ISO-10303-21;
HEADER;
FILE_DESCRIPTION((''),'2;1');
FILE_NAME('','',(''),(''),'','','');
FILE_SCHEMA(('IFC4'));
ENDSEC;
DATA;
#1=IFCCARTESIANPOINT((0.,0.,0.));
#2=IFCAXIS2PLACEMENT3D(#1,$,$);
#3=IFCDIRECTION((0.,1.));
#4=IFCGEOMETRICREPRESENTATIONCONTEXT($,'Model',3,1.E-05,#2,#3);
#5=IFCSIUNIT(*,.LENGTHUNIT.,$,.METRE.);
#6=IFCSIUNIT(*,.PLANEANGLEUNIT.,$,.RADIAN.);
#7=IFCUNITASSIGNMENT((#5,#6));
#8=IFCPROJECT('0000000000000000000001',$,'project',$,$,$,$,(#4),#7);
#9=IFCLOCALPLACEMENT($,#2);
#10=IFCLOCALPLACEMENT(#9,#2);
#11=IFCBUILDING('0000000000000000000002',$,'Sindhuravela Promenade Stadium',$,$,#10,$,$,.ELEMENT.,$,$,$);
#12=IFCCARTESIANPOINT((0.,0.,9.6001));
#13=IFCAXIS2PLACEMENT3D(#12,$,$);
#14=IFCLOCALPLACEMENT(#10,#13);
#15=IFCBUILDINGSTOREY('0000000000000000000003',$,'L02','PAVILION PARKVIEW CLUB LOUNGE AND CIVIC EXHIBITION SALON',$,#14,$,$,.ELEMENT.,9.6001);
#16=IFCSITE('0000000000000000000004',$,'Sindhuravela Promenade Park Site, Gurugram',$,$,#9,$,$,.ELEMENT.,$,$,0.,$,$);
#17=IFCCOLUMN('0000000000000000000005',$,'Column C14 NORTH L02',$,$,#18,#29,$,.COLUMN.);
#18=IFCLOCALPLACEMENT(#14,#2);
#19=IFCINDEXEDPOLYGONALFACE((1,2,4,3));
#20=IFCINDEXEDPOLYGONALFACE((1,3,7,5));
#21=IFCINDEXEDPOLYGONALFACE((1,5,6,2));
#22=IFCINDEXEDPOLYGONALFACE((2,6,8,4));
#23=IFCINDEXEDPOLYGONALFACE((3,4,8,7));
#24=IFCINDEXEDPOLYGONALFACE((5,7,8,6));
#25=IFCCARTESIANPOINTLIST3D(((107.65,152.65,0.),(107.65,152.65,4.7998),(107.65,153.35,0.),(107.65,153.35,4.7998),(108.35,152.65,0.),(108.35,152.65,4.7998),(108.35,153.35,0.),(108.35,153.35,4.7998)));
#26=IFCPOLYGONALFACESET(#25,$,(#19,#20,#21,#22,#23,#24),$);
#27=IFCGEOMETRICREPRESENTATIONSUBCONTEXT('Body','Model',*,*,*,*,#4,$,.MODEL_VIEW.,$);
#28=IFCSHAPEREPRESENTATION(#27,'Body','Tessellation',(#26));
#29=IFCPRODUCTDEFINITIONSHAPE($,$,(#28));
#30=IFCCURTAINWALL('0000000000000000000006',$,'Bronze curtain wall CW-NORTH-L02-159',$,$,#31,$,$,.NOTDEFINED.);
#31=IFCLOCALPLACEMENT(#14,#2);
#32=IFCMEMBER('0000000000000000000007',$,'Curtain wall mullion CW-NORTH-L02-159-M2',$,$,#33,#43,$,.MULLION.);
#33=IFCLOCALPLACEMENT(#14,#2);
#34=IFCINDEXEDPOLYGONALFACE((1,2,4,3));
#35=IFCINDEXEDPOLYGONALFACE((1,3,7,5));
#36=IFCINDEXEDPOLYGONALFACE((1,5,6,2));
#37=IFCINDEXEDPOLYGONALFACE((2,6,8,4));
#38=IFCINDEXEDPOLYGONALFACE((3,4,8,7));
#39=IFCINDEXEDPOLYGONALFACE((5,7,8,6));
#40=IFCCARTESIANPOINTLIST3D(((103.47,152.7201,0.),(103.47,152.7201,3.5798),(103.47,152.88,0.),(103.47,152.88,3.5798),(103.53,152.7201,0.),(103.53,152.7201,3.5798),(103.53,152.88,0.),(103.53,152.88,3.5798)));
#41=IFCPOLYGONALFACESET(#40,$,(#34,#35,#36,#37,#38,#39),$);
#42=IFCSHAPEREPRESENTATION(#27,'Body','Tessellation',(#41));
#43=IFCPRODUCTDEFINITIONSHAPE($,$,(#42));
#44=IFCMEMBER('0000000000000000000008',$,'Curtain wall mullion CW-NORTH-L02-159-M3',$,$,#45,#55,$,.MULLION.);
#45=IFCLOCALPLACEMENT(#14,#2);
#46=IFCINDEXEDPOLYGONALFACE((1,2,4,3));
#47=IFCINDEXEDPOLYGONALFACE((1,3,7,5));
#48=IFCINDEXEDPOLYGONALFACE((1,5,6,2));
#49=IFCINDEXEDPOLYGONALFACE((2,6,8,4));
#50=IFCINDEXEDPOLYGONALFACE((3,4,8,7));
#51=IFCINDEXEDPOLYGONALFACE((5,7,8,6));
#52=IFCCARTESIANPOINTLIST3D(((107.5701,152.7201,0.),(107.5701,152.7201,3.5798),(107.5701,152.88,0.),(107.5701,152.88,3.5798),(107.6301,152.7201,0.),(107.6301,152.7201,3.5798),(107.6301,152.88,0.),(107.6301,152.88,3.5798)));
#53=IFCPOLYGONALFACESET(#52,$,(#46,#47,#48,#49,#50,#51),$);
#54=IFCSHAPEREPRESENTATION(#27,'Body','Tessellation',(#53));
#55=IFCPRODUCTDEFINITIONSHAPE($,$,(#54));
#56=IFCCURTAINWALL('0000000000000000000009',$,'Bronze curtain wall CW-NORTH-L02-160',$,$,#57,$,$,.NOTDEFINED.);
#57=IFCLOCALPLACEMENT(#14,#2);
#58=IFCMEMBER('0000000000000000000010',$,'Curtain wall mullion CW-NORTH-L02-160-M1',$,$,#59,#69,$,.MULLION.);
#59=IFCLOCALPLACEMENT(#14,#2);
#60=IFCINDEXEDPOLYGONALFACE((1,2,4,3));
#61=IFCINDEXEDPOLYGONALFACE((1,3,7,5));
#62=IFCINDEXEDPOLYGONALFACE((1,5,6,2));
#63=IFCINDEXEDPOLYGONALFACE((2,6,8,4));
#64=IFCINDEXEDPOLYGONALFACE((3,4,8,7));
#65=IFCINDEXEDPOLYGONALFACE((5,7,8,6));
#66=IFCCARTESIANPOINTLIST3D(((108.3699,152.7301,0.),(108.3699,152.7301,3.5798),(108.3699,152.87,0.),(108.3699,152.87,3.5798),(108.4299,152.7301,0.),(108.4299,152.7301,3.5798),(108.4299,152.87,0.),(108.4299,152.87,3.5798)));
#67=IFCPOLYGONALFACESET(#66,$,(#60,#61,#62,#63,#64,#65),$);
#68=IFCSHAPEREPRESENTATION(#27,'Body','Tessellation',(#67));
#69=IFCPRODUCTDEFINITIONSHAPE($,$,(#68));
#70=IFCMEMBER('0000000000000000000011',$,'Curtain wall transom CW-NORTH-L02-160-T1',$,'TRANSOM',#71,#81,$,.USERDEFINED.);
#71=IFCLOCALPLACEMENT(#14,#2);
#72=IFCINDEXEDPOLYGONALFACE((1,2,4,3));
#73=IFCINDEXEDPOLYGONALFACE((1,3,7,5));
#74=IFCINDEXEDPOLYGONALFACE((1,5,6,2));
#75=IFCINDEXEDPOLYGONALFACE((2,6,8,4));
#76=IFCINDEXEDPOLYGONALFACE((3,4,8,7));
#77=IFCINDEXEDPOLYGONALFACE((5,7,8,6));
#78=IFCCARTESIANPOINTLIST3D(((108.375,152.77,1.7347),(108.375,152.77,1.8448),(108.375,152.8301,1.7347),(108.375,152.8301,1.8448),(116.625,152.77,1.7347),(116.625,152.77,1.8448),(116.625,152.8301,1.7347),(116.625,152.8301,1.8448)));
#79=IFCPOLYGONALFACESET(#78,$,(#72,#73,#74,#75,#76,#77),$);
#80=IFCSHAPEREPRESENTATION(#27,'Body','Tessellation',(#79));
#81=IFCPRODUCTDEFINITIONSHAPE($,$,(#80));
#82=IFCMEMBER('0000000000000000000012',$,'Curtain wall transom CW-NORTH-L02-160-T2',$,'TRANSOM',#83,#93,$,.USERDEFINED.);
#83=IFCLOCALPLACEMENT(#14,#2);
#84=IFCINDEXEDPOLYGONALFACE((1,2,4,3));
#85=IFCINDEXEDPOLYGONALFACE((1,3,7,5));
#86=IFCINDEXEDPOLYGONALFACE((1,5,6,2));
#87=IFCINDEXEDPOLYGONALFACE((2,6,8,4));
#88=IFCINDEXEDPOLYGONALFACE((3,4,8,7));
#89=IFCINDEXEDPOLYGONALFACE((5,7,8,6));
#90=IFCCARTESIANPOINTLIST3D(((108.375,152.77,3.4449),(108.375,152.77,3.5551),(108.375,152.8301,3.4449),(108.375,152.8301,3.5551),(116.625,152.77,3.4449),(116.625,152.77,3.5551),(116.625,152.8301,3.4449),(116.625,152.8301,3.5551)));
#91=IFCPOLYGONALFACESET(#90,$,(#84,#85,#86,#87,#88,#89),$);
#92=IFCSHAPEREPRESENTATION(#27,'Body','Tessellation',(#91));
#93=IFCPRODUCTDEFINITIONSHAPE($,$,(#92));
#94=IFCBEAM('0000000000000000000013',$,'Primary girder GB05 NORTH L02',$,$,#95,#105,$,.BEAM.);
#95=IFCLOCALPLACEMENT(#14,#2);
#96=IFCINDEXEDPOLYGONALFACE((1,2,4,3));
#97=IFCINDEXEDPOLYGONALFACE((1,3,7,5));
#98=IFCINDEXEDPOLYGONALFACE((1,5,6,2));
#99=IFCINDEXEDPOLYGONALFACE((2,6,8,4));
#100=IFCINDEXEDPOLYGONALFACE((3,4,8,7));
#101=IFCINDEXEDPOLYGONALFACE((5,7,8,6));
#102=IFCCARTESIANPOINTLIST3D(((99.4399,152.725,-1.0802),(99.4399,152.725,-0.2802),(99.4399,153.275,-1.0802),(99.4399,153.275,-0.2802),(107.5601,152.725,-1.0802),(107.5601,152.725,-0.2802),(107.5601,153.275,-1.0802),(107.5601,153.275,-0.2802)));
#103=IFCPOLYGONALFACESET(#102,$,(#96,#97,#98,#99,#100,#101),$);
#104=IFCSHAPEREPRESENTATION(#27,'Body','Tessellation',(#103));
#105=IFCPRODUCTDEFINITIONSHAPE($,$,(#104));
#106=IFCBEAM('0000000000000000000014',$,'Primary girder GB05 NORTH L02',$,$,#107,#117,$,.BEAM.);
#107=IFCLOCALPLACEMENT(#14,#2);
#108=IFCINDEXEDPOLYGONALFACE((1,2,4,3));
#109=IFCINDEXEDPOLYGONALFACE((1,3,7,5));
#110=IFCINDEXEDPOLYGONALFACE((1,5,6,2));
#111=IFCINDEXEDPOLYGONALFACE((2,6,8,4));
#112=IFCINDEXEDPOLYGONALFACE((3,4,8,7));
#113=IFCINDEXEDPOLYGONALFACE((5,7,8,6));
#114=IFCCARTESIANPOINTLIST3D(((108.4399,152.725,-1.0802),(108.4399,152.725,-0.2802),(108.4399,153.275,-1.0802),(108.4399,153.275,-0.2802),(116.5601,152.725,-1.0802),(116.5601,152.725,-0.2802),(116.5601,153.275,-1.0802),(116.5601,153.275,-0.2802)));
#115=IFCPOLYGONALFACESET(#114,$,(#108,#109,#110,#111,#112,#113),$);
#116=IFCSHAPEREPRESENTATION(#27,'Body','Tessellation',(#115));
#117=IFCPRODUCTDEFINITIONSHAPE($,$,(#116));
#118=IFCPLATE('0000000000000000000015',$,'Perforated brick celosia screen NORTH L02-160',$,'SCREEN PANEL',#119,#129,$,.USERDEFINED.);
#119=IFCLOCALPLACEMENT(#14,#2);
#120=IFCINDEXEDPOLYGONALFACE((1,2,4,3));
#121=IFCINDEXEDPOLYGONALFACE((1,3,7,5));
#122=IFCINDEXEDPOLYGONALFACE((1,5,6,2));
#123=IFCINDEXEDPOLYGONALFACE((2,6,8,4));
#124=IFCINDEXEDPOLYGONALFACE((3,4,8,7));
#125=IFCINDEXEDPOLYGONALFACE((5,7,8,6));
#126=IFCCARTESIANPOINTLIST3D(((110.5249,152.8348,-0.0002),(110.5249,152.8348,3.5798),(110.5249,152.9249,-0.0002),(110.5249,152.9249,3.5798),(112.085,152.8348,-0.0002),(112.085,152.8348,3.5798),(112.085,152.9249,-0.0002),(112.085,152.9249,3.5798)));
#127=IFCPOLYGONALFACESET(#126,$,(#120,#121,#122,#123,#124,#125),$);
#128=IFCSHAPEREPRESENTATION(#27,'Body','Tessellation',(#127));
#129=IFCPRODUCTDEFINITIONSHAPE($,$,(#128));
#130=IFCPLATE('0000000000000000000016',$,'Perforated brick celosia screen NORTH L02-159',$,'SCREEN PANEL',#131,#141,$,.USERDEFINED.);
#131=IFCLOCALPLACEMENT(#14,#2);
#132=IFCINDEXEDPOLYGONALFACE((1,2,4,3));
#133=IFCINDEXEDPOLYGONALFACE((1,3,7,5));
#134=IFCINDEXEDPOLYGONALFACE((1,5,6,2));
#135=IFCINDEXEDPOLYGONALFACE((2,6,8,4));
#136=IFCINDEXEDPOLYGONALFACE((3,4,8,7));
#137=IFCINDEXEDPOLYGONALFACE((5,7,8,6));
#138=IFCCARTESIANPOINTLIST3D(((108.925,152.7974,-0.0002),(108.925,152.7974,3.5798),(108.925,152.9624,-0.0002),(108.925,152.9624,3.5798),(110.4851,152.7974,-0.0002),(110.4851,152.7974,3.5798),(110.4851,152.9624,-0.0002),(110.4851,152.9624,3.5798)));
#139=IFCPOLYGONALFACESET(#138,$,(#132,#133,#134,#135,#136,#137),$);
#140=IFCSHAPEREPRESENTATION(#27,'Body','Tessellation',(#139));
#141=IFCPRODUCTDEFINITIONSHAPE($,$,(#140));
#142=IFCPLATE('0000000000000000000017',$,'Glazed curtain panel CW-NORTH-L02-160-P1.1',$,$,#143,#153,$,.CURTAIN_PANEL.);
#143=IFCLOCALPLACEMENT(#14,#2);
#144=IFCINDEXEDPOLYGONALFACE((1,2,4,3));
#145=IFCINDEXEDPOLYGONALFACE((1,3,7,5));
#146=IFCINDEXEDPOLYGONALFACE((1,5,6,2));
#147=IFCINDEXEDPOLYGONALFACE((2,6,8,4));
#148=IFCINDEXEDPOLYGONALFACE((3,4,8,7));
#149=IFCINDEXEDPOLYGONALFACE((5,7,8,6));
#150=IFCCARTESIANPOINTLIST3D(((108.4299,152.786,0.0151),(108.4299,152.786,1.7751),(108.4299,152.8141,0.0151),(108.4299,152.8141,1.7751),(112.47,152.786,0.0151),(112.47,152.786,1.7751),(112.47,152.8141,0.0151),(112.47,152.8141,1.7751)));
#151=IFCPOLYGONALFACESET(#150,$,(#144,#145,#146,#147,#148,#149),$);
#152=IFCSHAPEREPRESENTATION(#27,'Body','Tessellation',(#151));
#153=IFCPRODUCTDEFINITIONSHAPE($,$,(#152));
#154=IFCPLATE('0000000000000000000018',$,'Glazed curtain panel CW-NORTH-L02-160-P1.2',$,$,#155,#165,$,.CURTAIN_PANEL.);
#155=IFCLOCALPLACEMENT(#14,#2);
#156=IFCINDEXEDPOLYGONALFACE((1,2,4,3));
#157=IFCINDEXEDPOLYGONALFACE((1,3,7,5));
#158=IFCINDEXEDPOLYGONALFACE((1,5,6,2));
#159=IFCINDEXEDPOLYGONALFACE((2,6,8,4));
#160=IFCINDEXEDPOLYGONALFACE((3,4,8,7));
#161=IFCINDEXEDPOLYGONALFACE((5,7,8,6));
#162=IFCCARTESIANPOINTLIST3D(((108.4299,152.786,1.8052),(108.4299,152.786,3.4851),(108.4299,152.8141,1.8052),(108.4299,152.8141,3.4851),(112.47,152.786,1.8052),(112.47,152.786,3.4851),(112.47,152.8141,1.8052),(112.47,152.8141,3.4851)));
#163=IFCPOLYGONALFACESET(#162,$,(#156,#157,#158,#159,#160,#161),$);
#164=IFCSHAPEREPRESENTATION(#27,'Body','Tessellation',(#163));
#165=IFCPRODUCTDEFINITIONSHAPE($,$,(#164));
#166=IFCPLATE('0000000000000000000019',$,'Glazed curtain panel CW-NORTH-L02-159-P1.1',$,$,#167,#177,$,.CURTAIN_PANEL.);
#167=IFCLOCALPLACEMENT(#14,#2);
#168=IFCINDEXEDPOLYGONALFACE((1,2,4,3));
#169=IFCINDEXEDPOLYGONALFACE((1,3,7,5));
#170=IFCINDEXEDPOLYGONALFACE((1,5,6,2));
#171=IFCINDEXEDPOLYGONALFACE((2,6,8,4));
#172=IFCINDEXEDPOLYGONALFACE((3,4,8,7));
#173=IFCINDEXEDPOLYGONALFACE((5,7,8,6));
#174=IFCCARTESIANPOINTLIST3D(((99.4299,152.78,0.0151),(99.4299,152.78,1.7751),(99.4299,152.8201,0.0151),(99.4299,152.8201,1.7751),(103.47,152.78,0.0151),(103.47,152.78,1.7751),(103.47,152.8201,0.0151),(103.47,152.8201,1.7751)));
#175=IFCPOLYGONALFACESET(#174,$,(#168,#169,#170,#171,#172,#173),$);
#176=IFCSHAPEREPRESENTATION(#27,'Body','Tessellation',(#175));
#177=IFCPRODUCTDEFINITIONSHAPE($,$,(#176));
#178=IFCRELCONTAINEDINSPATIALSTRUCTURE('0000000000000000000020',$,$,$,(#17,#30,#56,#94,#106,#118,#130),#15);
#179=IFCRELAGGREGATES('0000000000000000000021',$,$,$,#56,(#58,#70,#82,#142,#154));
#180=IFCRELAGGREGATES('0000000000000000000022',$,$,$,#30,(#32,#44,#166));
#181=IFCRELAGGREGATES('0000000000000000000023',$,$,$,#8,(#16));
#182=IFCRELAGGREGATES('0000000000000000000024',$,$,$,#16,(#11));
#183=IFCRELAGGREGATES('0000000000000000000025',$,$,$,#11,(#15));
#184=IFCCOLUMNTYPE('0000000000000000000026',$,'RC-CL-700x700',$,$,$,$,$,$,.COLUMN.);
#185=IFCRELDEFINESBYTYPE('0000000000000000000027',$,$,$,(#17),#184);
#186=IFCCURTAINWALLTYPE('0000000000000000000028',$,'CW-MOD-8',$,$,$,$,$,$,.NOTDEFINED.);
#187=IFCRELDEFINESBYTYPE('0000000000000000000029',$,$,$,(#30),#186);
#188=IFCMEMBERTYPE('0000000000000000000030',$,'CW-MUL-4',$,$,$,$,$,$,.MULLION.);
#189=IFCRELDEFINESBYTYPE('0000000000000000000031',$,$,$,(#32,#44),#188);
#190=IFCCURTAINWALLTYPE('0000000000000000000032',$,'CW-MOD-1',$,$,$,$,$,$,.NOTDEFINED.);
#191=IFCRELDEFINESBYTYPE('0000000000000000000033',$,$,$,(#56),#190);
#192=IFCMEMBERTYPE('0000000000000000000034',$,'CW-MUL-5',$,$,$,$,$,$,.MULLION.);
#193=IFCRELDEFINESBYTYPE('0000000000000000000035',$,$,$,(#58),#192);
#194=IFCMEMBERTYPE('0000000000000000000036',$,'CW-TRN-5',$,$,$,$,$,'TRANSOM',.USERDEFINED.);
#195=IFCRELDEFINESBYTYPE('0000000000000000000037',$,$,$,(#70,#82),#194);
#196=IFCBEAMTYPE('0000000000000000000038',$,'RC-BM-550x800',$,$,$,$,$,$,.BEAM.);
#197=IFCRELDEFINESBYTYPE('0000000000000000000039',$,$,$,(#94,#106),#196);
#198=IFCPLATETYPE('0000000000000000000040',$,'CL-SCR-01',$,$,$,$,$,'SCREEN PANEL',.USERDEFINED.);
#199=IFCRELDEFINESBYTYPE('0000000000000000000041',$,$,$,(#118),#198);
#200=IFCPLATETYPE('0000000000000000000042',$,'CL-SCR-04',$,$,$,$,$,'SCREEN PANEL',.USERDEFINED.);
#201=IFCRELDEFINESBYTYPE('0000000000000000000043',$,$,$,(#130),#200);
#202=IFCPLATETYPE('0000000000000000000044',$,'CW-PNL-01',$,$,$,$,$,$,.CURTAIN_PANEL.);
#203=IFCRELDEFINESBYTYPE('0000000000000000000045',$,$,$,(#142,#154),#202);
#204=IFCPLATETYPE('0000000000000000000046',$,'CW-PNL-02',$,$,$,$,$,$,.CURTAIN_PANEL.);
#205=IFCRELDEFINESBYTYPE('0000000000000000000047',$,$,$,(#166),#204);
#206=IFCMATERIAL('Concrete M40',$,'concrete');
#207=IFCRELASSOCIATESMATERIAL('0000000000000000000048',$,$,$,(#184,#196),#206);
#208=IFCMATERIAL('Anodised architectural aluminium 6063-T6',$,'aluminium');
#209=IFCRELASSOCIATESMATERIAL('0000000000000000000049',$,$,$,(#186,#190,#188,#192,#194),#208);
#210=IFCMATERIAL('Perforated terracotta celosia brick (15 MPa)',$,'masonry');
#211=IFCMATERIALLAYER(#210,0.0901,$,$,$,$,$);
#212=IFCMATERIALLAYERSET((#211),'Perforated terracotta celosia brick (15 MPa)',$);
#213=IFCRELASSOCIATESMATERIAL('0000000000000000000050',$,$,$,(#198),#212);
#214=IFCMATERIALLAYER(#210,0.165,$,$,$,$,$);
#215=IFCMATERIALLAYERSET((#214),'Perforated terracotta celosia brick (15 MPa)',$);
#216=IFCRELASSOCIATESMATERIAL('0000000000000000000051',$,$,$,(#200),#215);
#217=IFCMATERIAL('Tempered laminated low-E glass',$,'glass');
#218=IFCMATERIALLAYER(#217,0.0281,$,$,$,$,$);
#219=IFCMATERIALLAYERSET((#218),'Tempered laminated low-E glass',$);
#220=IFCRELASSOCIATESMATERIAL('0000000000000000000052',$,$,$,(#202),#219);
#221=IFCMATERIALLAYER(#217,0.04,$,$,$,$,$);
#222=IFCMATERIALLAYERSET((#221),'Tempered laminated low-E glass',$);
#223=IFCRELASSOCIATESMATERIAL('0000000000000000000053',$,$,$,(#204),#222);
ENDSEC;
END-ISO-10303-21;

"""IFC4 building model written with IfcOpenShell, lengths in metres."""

from ifc_helpers import new_model, si_unit, direction, frame, origin, origin_2d, place, context, subcontext, project, spatial, rectangle, extrude, material, layer, layer_set, material_profile, profile_set, type_object, element, aggregate, save


model = new_model("IFC4")

# Units and contexts
model_context = context("Model", 3, precision=1e-05, world=origin(), true_north=direction((0.0, 1.0)))
body_context = subcontext(model_context, "Body", "Model", "MODEL_VIEW")
ifc_project = project(units=[si_unit("LENGTHUNIT", "METRE"), si_unit("PLANEANGLEUNIT", "RADIAN")], contexts=[model_context])

# Site, building, storey
site_placement = place(None, origin())
site = spatial("IfcSite", under=ifc_project, at=site_placement, Name="Sindhuravela Promenade Park Site, Gurugram", CompositionType="ELEMENT", RefElevation=0.0)
building_placement = place(site_placement, origin())
building = spatial("IfcBuilding", under=site, at=building_placement, Name="Sindhuravela Promenade Stadium", CompositionType="ELEMENT")
storey_placement = place(building_placement, frame((0.0, 0.0, 9.6001)))
storey = spatial("IfcBuildingStorey", under=building, at=storey_placement, Name="L02", Description="PAVILION PARKVIEW CLUB LOUNGE AND CIVIC EXHIBITION SALON", CompositionType="ELEMENT", Elevation=9.6001)

# Column
ifc_material_1 = material(Name="Concrete M40", Category="concrete")
ifc_material_profile_1 = material_profile(ifc_material_1, rectangle(XDim=0.7, YDim=0.7, at=origin_2d()), Name="RC 700x700")
ifc_profile_set_1 = profile_set([ifc_material_profile_1], Name="Concrete M40")
column_type = type_object("IfcColumnType", Name="RC-CL-700x700", PredefinedType="COLUMN", material=ifc_profile_set_1)
column_placement = place(storey_placement, frame((108.0, 153.0, 0.0), z_axis=(0.0, 0.0, 1.0), x_axis=(1.0, 0.0, 0.0)))
element("IfcColumn", 1, at=column_placement, inside=storey, type_object=column_type, Name="Column C14 NORTH L02", PredefinedType="COLUMN", context=body_context, shape_type="SweptSolid", body=[
    extrude(rectangle(XDim=0.7, YDim=0.7, at=origin_2d()), origin(), (0.0, 0.0, 1.0), 4.7998),
])

# Curtain walls, members
ifc_material_2 = material(Name="Anodised architectural aluminium 6063-T6", Category="aluminium")
curtain_wall_type_1 = type_object("IfcCurtainWallType", Name="CW-MOD-8", PredefinedType="NOTDEFINED", material=ifc_material_2)
curtain_wall_1_placement = place(storey_placement, origin())
curtain_wall_1 = element("IfcCurtainWall", 2, at=curtain_wall_1_placement, inside=storey, type_object=curtain_wall_type_1, Name="Bronze curtain wall CW-NORTH-L02-159", PredefinedType="NOTDEFINED")
ifc_material_profile_2 = material_profile(ifc_material_2, rectangle(XDim=0.0601, YDim=0.1599, at=origin_2d()), Name="ALU M60x160")
ifc_profile_set_2 = profile_set([ifc_material_profile_2], Name="Anodised architectural aluminium 6063-T6")
member_type_1 = type_object("IfcMemberType", Name="CW-MUL-4", PredefinedType="MULLION", material=ifc_profile_set_2)
member_1_placement = place(storey_placement, frame((103.5, 152.8, 0.0), z_axis=(0.0, 0.0, 1.0), x_axis=(1.0, 0.0, 0.0)))
member_1 = element("IfcMember", 3, at=member_1_placement, type_object=member_type_1, Name="Curtain wall mullion CW-NORTH-L02-159-M2", PredefinedType="MULLION", context=body_context, shape_type="SweptSolid", body=[
    extrude(rectangle(XDim=0.0601, YDim=0.1599, at=origin_2d()), origin(), (0.0, 0.0, 1.0), 3.5798),
])
member_2_placement = place(storey_placement, frame((107.6001, 152.8, 0.0), z_axis=(0.0, 0.0, 1.0), x_axis=(1.0, 0.0, 0.0)))
member_2 = element("IfcMember", 4, at=member_2_placement, type_object=member_type_1, Name="Curtain wall mullion CW-NORTH-L02-159-M3", PredefinedType="MULLION", context=body_context, shape_type="SweptSolid", body=[
    extrude(rectangle(XDim=0.0601, YDim=0.1599, at=origin_2d()), origin(), (0.0, 0.0, 1.0), 3.5798),
])
curtain_wall_type_2 = type_object("IfcCurtainWallType", Name="CW-MOD-1", PredefinedType="NOTDEFINED", material=ifc_material_2)
curtain_wall_2_placement = place(storey_placement, origin())
curtain_wall_2 = element("IfcCurtainWall", 5, at=curtain_wall_2_placement, inside=storey, type_object=curtain_wall_type_2, Name="Bronze curtain wall CW-NORTH-L02-160", PredefinedType="NOTDEFINED")
ifc_material_profile_3 = material_profile(ifc_material_2, rectangle(XDim=0.0601, YDim=0.1399, at=origin_2d()), Name="ALU M60x140")
ifc_profile_set_3 = profile_set([ifc_material_profile_3], Name="Anodised architectural aluminium 6063-T6")
member_type_2 = type_object("IfcMemberType", Name="CW-MUL-5", PredefinedType="MULLION", material=ifc_profile_set_3)
member_3_placement = place(storey_placement, frame((108.3999, 152.8, 0.0), z_axis=(0.0, 0.0, 1.0), x_axis=(1.0, 0.0, 0.0)))
member_3 = element("IfcMember", 6, at=member_3_placement, type_object=member_type_2, Name="Curtain wall mullion CW-NORTH-L02-160-M1", PredefinedType="MULLION", context=body_context, shape_type="SweptSolid", body=[
    extrude(rectangle(XDim=0.0601, YDim=0.1399, at=origin_2d()), origin(), (0.0, 0.0, 1.0), 3.5798),
])
ifc_material_profile_4 = material_profile(ifc_material_2, rectangle(XDim=0.0601, YDim=0.1101, at=origin_2d()), Name="ALU T60x110")
ifc_profile_set_4 = profile_set([ifc_material_profile_4], Name="Anodised architectural aluminium 6063-T6")
member_type_3 = type_object("IfcMemberType", Name="CW-TRN-5", ElementType="TRANSOM", PredefinedType="USERDEFINED", material=ifc_profile_set_4)
member_4_placement = place(storey_placement, frame((108.375, 152.8, 1.7898), z_axis=(1.0, 0.0, 0.0), x_axis=(0.0, 1.0, 0.0)))
member_4 = element("IfcMember", 7, at=member_4_placement, type_object=member_type_3, Name="Curtain wall transom CW-NORTH-L02-160-T1", ObjectType="TRANSOM", PredefinedType="USERDEFINED", context=body_context, shape_type="SweptSolid", body=[
    extrude(rectangle(XDim=0.0601, YDim=0.1101, at=origin_2d()), origin(), (0.0, 0.0, 1.0), 8.25),
])
member_5_placement = place(storey_placement, frame((108.375, 152.8, 3.5), z_axis=(1.0, 0.0, 0.0), x_axis=(0.0, 1.0, 0.0)))
member_5 = element("IfcMember", 8, at=member_5_placement, type_object=member_type_3, Name="Curtain wall transom CW-NORTH-L02-160-T2", ObjectType="TRANSOM", PredefinedType="USERDEFINED", context=body_context, shape_type="SweptSolid", body=[
    extrude(rectangle(XDim=0.0601, YDim=0.1101, at=origin_2d()), origin(), (0.0, 0.0, 1.0), 8.25),
])

# Beams
ifc_material_profile_5 = material_profile(ifc_material_1, rectangle(XDim=0.55, YDim=0.8, at=origin_2d()), Name="RC 550x800")
ifc_profile_set_5 = profile_set([ifc_material_profile_5], Name="Concrete M40")
beam_type = type_object("IfcBeamType", Name="RC-BM-550x800", PredefinedType="BEAM", material=ifc_profile_set_5)
for number, where, z_axis, x_axis, name in (
    (9, (99.4399, 153.0, -0.6802), (1.0, 0.0, 0.0), (0.0, 1.0, 0.0), "Primary girder GB05 NORTH L02"),
    (10, (108.4399, 153.0, -0.6802), (1.0, 0.0, 0.0), (0.0, 1.0, 0.0), "Primary girder GB05 NORTH L02"),
):
    element("IfcBeam", number, at=place(storey_placement, frame(where, z_axis=z_axis, x_axis=x_axis)), inside=storey, type_object=beam_type, Name=name, PredefinedType="BEAM", context=body_context, shape_type="SweptSolid", body=[
        extrude(rectangle(XDim=0.55, YDim=0.8, at=origin_2d()), origin(), (0.0, 0.0, 1.0), 8.1201),
    ])

# Plates
ifc_material_3 = material(Name="Perforated terracotta celosia brick (15 MPa)", Category="masonry")
ifc_layer_1 = layer(ifc_material_3, 0.0901)
ifc_layer_set_1 = layer_set([ifc_layer_1], Name="Perforated terracotta celosia brick (15 MPa)")
plate_type_1 = type_object("IfcPlateType", Name="CL-SCR-01", ElementType="SCREEN PANEL", PredefinedType="USERDEFINED", material=ifc_layer_set_1)
plate_1_placement = place(storey_placement, frame((111.3049, 152.8799, -0.0002), z_axis=(0.0, 0.0, 1.0), x_axis=(1.0, 0.0, 0.0)))
element("IfcPlate", 11, at=plate_1_placement, inside=storey, type_object=plate_type_1, Name="Perforated brick celosia screen NORTH L02-160", ObjectType="SCREEN PANEL", PredefinedType="USERDEFINED", context=body_context, shape_type="SweptSolid", body=[
    extrude(rectangle(XDim=1.5601, YDim=0.0901, at=origin_2d()), origin(), (0.0, 0.0, 1.0), 3.5801),
])
ifc_layer_2 = layer(ifc_material_3, 0.165)
ifc_layer_set_2 = layer_set([ifc_layer_2], Name="Perforated terracotta celosia brick (15 MPa)")
plate_type_2 = type_object("IfcPlateType", Name="CL-SCR-04", ElementType="SCREEN PANEL", PredefinedType="USERDEFINED", material=ifc_layer_set_2)
plate_2_placement = place(storey_placement, frame((109.7051, 152.8799, -0.0002), z_axis=(0.0, 0.0, 1.0), x_axis=(1.0, 0.0, 0.0)))
element("IfcPlate", 12, at=plate_2_placement, inside=storey, type_object=plate_type_2, Name="Perforated brick celosia screen NORTH L02-159", ObjectType="SCREEN PANEL", PredefinedType="USERDEFINED", context=body_context, shape_type="SweptSolid", body=[
    extrude(rectangle(XDim=1.5601, YDim=0.165, at=origin_2d()), origin(), (0.0, 0.0, 1.0), 3.5801),
])

# Plates
ifc_material_4 = material(Name="Tempered laminated low-E glass", Category="glass")
ifc_layer_3 = layer(ifc_material_4, 0.0281)
ifc_layer_set_3 = layer_set([ifc_layer_3], Name="Tempered laminated low-E glass")
plate_type_3 = type_object("IfcPlateType", Name="CW-PNL-01", PredefinedType="CURTAIN_PANEL", material=ifc_layer_set_3)
plate_3_placement = place(storey_placement, frame((110.45, 152.8, 0.0151), z_axis=(0.0, 0.0, 1.0), x_axis=(1.0, 0.0, 0.0)))
plate_3 = element("IfcPlate", 13, at=plate_3_placement, type_object=plate_type_3, Name="Glazed curtain panel CW-NORTH-L02-160-P1.1", PredefinedType="CURTAIN_PANEL", context=body_context, shape_type="SweptSolid", body=[
    extrude(rectangle(XDim=4.04, YDim=0.0281, at=origin_2d()), origin(), (0.0, 0.0, 1.0), 1.76),
])
plate_4_placement = place(storey_placement, frame((110.45, 152.8, 1.8052), z_axis=(0.0, 0.0, 1.0), x_axis=(1.0, 0.0, 0.0)))
plate_4 = element("IfcPlate", 14, at=plate_4_placement, type_object=plate_type_3, Name="Glazed curtain panel CW-NORTH-L02-160-P1.2", PredefinedType="CURTAIN_PANEL", context=body_context, shape_type="SweptSolid", body=[
    extrude(rectangle(XDim=4.04, YDim=0.0281, at=origin_2d()), origin(), (0.0, 0.0, 1.0), 1.6799),
])
aggregate(curtain_wall_2, [member_3, member_4, member_5, plate_3, plate_4])
ifc_layer_4 = layer(ifc_material_4, 0.04)
ifc_layer_set_4 = layer_set([ifc_layer_4], Name="Tempered laminated low-E glass")
plate_type_4 = type_object("IfcPlateType", Name="CW-PNL-02", PredefinedType="CURTAIN_PANEL", material=ifc_layer_set_4)
plate_5_placement = place(storey_placement, frame((101.45, 152.8, 0.0151), z_axis=(0.0, 0.0, 1.0), x_axis=(1.0, 0.0, 0.0)))
plate_5 = element("IfcPlate", 15, at=plate_5_placement, type_object=plate_type_4, Name="Glazed curtain panel CW-NORTH-L02-159-P1.1", PredefinedType="CURTAIN_PANEL", context=body_context, shape_type="SweptSolid", body=[
    extrude(rectangle(XDim=4.04, YDim=0.04, at=origin_2d()), origin(), (0.0, 0.0, 1.0), 1.76),
])
aggregate(curtain_wall_1, [member_1, member_2, plate_5])

save(model, "model.ifc")
